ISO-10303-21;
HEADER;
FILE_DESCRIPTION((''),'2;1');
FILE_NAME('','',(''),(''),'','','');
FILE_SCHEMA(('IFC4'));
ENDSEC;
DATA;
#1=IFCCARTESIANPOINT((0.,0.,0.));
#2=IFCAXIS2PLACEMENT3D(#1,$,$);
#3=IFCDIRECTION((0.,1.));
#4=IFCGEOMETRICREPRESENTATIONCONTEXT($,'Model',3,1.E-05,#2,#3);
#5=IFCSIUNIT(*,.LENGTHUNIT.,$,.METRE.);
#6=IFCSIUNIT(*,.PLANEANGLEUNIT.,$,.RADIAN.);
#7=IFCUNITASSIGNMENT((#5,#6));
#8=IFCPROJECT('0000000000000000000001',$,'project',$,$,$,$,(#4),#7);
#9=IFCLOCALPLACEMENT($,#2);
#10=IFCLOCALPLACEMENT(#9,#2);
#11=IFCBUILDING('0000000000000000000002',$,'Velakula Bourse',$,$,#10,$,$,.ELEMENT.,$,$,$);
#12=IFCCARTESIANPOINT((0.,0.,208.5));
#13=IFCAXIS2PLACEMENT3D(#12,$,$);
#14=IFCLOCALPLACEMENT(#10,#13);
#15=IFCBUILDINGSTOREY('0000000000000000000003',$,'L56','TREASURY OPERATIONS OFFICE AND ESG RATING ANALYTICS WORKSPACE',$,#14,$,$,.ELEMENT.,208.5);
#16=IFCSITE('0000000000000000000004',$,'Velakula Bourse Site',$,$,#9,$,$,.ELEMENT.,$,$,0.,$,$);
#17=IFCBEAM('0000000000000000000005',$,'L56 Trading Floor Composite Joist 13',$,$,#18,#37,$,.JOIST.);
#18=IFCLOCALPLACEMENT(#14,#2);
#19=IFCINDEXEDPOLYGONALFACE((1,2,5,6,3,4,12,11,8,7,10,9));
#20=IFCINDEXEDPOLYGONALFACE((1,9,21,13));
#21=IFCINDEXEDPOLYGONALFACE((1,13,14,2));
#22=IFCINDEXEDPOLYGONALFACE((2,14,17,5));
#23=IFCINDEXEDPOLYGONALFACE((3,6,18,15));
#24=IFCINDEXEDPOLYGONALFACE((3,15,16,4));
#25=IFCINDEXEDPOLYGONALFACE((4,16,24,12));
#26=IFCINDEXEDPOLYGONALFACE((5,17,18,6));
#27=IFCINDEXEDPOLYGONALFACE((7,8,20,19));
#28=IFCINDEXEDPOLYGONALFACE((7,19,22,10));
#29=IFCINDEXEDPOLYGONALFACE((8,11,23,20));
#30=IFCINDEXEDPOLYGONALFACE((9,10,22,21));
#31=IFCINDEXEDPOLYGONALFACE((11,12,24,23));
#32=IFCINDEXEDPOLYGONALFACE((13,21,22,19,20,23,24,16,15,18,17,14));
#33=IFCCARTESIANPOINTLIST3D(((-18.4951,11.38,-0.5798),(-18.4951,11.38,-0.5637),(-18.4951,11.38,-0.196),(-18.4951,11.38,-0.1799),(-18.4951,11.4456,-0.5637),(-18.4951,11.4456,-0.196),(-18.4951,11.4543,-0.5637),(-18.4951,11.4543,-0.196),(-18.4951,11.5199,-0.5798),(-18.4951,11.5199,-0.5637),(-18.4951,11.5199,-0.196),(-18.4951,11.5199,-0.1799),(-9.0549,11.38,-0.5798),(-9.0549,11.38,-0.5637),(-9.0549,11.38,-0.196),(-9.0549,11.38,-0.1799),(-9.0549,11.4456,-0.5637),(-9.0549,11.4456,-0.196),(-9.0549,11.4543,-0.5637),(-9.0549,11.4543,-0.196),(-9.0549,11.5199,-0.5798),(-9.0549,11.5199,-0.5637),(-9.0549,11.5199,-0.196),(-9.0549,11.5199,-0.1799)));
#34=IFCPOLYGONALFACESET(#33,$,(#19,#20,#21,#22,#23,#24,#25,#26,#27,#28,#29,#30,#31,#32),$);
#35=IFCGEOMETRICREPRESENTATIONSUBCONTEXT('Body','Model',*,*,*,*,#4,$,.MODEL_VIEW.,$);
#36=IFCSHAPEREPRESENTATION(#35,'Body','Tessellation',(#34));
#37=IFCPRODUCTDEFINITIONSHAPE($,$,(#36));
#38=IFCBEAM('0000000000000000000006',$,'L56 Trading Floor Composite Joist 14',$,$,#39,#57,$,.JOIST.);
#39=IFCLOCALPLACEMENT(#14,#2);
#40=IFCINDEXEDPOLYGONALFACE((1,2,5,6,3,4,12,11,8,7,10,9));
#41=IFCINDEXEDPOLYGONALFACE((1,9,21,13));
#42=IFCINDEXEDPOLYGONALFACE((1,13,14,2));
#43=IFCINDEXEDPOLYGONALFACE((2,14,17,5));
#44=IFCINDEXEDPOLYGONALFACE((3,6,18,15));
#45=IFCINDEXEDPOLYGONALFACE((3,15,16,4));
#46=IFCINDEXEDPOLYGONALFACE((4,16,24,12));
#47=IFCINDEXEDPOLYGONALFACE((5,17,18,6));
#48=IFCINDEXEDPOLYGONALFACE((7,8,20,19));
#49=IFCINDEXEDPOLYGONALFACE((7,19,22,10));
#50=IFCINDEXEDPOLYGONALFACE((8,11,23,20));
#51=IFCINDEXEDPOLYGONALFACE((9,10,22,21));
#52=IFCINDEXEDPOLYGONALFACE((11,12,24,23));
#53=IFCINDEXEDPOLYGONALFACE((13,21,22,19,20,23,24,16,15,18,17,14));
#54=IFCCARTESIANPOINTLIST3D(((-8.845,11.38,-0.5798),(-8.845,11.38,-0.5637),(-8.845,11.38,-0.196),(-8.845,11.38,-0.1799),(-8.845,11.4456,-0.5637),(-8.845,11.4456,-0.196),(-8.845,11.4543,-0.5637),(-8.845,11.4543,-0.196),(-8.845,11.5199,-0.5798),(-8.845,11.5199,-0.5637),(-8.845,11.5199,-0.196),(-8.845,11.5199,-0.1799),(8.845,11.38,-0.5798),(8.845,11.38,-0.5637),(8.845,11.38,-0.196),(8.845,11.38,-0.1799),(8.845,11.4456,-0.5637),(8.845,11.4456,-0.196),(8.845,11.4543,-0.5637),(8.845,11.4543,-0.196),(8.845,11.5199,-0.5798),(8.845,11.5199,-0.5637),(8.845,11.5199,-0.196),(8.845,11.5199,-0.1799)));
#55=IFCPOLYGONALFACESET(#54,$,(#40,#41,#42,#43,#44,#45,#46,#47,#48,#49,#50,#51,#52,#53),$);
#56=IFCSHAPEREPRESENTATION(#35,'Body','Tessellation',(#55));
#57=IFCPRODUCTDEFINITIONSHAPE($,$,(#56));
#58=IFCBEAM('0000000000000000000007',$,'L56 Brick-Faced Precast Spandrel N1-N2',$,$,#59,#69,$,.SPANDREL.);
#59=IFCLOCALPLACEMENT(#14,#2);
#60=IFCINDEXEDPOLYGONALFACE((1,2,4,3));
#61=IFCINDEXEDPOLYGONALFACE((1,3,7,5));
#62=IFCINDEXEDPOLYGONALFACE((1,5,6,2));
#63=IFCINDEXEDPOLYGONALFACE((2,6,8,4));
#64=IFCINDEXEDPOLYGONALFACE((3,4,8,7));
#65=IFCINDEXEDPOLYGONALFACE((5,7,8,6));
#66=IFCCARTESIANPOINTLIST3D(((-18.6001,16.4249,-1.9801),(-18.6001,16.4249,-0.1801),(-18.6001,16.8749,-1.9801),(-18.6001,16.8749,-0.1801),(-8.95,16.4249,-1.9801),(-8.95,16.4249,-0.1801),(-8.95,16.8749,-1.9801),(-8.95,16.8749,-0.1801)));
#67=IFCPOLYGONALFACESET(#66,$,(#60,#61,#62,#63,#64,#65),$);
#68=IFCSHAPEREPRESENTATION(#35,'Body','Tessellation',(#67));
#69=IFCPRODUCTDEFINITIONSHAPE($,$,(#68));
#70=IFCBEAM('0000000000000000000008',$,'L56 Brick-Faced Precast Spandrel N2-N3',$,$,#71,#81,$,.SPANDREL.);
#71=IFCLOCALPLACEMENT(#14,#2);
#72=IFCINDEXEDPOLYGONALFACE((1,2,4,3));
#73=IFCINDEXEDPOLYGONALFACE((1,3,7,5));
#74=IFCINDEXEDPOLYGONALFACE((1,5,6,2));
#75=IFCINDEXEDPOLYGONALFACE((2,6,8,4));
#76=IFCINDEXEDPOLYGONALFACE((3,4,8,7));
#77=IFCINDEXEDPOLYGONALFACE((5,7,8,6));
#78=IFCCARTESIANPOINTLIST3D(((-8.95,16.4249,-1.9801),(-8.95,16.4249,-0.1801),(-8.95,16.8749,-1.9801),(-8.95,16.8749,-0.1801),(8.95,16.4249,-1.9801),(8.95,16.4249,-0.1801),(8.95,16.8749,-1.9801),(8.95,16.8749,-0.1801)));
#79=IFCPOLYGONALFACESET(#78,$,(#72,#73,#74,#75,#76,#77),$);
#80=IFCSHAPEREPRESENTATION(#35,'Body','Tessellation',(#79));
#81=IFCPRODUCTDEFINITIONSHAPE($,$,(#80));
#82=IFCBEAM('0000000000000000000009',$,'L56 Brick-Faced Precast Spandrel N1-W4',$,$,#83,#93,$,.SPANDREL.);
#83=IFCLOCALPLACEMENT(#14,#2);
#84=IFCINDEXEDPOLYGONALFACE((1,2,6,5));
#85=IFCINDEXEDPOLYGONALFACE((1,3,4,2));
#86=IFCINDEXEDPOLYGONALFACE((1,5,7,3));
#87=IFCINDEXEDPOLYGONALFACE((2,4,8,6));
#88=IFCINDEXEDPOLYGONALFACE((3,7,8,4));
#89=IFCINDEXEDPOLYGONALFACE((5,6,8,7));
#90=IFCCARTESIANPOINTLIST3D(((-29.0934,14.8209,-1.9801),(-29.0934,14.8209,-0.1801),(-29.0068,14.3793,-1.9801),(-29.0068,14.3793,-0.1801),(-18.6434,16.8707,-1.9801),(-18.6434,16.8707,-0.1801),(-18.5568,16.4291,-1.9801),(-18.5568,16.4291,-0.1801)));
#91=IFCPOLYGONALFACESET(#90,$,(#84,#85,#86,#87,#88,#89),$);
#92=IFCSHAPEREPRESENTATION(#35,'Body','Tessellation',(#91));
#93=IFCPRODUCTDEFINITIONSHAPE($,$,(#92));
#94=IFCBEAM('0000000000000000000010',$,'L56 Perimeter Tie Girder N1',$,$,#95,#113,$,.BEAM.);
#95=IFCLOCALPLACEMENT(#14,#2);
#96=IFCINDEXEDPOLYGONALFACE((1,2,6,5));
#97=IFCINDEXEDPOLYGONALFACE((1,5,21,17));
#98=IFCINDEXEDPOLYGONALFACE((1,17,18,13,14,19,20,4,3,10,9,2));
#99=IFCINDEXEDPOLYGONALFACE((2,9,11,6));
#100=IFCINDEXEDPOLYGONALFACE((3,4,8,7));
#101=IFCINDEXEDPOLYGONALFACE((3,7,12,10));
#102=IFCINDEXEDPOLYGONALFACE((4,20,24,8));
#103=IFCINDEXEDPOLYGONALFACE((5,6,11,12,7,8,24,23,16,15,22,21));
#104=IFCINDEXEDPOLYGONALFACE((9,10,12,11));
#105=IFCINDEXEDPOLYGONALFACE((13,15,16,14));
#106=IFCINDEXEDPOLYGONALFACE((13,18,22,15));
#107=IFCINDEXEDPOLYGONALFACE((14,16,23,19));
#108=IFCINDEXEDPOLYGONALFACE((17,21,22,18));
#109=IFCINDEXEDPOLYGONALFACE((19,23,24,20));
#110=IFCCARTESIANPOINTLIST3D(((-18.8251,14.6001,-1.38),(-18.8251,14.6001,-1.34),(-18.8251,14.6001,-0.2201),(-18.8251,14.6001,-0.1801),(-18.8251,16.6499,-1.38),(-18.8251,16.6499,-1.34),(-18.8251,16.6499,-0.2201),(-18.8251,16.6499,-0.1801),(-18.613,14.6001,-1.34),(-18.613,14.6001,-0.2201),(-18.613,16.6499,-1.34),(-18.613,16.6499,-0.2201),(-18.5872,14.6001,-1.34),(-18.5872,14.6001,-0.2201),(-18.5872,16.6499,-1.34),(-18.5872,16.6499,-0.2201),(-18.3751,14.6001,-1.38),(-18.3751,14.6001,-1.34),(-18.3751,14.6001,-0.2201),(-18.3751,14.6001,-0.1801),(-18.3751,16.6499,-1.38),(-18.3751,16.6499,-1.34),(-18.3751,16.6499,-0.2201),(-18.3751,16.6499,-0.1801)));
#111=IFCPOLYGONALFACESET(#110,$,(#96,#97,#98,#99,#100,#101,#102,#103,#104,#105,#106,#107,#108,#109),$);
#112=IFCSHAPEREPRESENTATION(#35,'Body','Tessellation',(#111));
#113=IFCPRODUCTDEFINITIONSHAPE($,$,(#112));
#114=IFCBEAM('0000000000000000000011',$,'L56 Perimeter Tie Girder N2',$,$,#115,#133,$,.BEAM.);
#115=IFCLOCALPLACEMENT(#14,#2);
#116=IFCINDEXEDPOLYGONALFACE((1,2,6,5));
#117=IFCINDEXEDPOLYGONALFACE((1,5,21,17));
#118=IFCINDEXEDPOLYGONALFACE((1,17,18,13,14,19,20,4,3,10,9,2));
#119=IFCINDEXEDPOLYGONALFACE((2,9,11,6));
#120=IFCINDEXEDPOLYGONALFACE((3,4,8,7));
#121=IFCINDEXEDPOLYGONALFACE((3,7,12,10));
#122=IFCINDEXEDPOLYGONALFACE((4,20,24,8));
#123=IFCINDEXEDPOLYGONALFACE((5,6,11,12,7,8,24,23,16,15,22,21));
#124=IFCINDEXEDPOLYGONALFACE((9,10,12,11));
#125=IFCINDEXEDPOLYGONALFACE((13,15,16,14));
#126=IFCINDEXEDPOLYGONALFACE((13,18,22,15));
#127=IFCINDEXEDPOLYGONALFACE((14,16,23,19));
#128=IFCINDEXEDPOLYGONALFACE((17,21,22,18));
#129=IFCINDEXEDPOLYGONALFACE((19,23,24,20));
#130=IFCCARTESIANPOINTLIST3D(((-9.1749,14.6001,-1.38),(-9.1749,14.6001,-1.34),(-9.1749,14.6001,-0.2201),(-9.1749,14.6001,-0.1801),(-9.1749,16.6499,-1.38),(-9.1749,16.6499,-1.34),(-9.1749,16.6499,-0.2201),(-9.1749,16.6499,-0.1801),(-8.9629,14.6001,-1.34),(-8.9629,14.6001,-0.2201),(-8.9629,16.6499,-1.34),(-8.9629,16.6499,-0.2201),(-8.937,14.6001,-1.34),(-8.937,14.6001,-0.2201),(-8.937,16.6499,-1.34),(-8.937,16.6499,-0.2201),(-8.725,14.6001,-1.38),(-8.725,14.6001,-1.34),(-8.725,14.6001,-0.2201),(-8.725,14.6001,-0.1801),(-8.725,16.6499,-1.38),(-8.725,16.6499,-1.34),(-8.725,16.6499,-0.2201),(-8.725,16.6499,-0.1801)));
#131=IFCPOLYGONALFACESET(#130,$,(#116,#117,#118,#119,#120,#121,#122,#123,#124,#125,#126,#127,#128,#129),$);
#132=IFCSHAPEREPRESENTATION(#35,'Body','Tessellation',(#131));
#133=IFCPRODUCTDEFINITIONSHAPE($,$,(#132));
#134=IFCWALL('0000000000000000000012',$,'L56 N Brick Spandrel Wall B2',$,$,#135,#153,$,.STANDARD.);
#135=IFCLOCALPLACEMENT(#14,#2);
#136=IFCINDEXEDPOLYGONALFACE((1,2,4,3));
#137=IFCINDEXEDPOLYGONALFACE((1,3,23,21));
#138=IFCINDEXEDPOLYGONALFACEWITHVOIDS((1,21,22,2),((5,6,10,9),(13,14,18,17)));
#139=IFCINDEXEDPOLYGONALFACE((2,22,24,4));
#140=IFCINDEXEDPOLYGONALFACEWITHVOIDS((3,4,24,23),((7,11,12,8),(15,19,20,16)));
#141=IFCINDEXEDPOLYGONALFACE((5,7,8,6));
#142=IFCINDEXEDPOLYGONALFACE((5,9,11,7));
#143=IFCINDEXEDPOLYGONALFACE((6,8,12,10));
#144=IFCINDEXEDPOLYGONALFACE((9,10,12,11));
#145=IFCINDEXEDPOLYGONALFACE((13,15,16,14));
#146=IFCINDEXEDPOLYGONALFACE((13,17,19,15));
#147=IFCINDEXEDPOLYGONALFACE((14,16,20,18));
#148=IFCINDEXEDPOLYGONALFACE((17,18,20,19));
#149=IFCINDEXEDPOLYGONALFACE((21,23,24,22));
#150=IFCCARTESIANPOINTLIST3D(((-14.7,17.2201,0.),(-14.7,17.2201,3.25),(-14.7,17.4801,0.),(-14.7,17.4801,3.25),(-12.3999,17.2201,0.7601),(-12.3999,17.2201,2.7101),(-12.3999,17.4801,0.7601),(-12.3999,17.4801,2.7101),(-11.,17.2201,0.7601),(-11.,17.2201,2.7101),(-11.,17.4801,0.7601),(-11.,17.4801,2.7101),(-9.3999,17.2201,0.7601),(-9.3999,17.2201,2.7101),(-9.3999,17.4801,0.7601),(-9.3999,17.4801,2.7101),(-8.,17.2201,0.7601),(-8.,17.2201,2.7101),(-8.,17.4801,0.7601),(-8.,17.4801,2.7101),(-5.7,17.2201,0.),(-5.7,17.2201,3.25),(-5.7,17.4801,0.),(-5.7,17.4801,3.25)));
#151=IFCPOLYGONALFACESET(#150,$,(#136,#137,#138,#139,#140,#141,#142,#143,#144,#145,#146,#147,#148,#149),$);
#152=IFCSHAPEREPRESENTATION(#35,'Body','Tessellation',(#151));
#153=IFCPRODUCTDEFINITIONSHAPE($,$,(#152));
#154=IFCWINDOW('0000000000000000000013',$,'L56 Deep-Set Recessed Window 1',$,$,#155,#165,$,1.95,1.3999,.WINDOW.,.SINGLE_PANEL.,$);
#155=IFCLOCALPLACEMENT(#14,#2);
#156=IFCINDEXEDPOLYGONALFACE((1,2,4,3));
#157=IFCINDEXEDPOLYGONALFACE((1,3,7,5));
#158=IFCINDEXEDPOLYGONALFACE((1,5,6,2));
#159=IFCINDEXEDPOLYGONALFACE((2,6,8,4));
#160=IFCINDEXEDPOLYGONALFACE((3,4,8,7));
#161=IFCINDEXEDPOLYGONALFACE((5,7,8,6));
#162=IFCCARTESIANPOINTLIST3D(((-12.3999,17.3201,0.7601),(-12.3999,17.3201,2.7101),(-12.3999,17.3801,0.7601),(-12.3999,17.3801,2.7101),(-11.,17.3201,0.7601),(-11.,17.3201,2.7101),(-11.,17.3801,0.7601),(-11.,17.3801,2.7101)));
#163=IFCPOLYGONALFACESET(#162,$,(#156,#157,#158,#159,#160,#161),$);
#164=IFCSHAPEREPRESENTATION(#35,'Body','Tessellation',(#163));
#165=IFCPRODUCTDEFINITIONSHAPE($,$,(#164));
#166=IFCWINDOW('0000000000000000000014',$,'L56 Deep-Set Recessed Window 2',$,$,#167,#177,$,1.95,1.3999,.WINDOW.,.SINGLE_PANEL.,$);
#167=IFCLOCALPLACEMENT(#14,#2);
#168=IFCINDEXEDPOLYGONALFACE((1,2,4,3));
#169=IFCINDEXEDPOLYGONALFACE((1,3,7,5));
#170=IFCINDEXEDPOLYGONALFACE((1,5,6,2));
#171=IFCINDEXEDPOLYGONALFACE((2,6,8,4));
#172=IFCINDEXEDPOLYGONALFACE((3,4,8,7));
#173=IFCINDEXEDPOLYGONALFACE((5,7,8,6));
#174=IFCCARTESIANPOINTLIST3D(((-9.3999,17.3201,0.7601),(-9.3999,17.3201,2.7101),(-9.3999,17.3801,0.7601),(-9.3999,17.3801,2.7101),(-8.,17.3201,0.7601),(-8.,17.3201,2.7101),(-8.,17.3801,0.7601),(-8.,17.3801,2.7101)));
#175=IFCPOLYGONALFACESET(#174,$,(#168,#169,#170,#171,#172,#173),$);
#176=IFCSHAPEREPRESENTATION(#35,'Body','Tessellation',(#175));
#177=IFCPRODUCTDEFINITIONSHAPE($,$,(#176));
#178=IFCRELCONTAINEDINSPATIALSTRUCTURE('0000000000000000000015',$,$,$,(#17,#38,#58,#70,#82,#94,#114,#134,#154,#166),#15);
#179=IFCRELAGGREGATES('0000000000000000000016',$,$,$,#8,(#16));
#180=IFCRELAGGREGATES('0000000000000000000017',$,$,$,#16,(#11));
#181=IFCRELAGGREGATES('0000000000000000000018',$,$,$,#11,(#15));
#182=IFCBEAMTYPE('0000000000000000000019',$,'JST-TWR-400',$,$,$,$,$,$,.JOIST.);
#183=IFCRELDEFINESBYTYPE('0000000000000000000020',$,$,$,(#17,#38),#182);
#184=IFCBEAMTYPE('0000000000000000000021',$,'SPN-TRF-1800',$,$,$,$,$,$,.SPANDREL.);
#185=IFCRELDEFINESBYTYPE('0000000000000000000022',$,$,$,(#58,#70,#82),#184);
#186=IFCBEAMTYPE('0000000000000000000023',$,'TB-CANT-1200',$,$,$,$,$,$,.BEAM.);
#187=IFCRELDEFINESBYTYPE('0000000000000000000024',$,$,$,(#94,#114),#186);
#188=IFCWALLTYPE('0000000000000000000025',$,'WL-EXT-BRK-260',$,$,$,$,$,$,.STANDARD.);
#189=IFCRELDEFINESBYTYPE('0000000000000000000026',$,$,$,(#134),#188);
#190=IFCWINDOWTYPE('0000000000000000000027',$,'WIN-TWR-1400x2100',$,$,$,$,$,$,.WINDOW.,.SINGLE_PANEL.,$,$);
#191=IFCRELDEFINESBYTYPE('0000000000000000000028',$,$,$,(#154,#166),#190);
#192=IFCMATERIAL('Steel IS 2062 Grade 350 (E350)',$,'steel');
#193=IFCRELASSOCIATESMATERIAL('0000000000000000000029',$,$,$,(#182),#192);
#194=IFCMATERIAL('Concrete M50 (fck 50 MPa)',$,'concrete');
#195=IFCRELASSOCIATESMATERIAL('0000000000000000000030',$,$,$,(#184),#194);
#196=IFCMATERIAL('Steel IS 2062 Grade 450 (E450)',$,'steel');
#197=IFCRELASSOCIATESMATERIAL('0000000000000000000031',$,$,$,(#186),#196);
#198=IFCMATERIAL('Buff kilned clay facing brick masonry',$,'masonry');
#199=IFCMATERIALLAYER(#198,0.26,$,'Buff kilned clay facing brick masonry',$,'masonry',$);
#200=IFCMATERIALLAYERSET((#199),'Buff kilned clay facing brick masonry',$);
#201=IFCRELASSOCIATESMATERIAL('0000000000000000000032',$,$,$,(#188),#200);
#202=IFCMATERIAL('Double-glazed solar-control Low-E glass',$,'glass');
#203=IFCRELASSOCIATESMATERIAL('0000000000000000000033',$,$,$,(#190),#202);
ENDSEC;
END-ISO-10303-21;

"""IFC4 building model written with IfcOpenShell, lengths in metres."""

from ifc_helpers import new_model, si_unit, direction, frame, frame_2d, origin, origin_2d, place, context, subcontext, project, spatial, rectangle, i_section, extrude, material, layer, layer_set, material_profile, profile_set, type_object, element, fill, save


model = new_model("IFC4")

# Units and contexts
model_context = context("Model", 3, precision=1e-05, world=origin(), true_north=direction((0.0, 1.0)))
body_context = subcontext(model_context, "Body", "Model", "MODEL_VIEW")
ifc_project = project(units=[si_unit("LENGTHUNIT", "METRE"), si_unit("PLANEANGLEUNIT", "RADIAN")], contexts=[model_context])

# Site, building, storey
site_placement = place(None, origin())
site = spatial("IfcSite", under=ifc_project, at=site_placement, Name="Velakula Bourse Site", CompositionType="ELEMENT", RefElevation=0.0)
building_placement = place(site_placement, origin())
building = spatial("IfcBuilding", under=site, at=building_placement, Name="Velakula Bourse", CompositionType="ELEMENT")
storey_placement = place(building_placement, frame((0.0, 0.0, 208.5)))
storey = spatial("IfcBuildingStorey", under=building, at=storey_placement, Name="L56", Description="TREASURY OPERATIONS OFFICE AND ESG RATING ANALYTICS WORKSPACE", CompositionType="ELEMENT", Elevation=208.5)

# Shared definitions
ifc_material_1 = material(Name="Concrete M50 (fck 50 MPa)", Category="concrete")
ifc_material_2 = material(Name="Steel IS 2062 Grade 350 (E350)", Category="steel")

# Beams
ifc_material_profile_1 = material_profile(ifc_material_2, i_section(OverallWidth=0.1399, OverallDepth=0.3999, WebThickness=0.0088, FlangeThickness=0.0161, at=origin_2d()), Name="Steel IS 2062 Grade 350 (E350)")
ifc_profile_set_1 = profile_set([ifc_material_profile_1], Name="Steel IS 2062 Grade 350 (E350)")
beam_type_1 = type_object("IfcBeamType", Name="JST-TWR-400", PredefinedType="JOIST", material=ifc_profile_set_1)
beam_1_placement = place(storey_placement, frame((-18.4951, 11.45, -0.3799), z_axis=(1.0, 0.0, 0.0), x_axis=(0.0, 1.0, 0.0)))
element("IfcBeam", 1, at=beam_1_placement, inside=storey, type_object=beam_type_1, Name="L56 Trading Floor Composite Joist 13", PredefinedType="JOIST", context=body_context, shape_type="SweptSolid", body=[
    extrude(i_section(OverallWidth=0.1399, OverallDepth=0.3999, WebThickness=0.0088, FlangeThickness=0.0161, at=origin_2d()), origin(), (0.0, 0.0, 1.0), 9.4402),
])
beam_2_placement = place(storey_placement, frame((-8.845, 11.45, -0.3799), z_axis=(1.0, 0.0, 0.0), x_axis=(0.0, 1.0, 0.0)))
element("IfcBeam", 2, at=beam_2_placement, inside=storey, type_object=beam_type_1, Name="L56 Trading Floor Composite Joist 14", PredefinedType="JOIST", context=body_context, shape_type="SweptSolid", body=[
    extrude(i_section(OverallWidth=0.1399, OverallDepth=0.3999, WebThickness=0.0088, FlangeThickness=0.0161, at=origin_2d()), origin(), (0.0, 0.0, 1.0), 17.6899),
])
ifc_material_profile_2 = material_profile(ifc_material_1, rectangle(XDim=0.45, YDim=1.8, at=origin_2d()), Name="Concrete M50 (fck 50 MPa)")
ifc_profile_set_2 = profile_set([ifc_material_profile_2], Name="Concrete M50 (fck 50 MPa)")
beam_type_2 = type_object("IfcBeamType", Name="SPN-TRF-1800", PredefinedType="SPANDREL", material=ifc_profile_set_2)
beam_3_placement = place(storey_placement, frame((-18.6001, 16.6499, -1.0801), z_axis=(1.0, 0.0, 0.0), x_axis=(0.0, 1.0, 0.0)))
element("IfcBeam", 3, at=beam_3_placement, inside=storey, type_object=beam_type_2, Name="L56 Brick-Faced Precast Spandrel N1-N2", PredefinedType="SPANDREL", context=body_context, shape_type="SweptSolid", body=[
    extrude(rectangle(XDim=0.45, YDim=1.8, at=origin_2d()), origin(), (0.0, 0.0, 1.0), 9.6501),
])
beam_4_placement = place(storey_placement, frame((-8.95, 16.6499, -1.0801), z_axis=(1.0, 0.0, 0.0), x_axis=(0.0, 1.0, 0.0)))
element("IfcBeam", 4, at=beam_4_placement, inside=storey, type_object=beam_type_2, Name="L56 Brick-Faced Precast Spandrel N2-N3", PredefinedType="SPANDREL", context=body_context, shape_type="SweptSolid", body=[
    extrude(rectangle(XDim=0.45, YDim=1.8, at=origin_2d()), origin(), (0.0, 0.0, 1.0), 17.8999),
])
beam_5_placement = place(storey_placement, frame((-18.6001, 16.6499, -1.0801), z_axis=(-0.9813, -0.192486, 0.0), x_axis=(0.192486, -0.9813, 0.0)))
element("IfcBeam", 5, at=beam_5_placement, inside=storey, type_object=beam_type_2, Name="L56 Brick-Faced Precast Spandrel N1-W4", PredefinedType="SPANDREL", context=body_context, shape_type="SweptSolid", body=[
    extrude(rectangle(XDim=0.45, YDim=1.8, at=origin_2d()), origin(), (0.0, 0.0, 1.0), 10.6492),
])
ifc_material_3 = material(Name="Steel IS 2062 Grade 450 (E450)", Category="steel")
ifc_material_profile_3 = material_profile(ifc_material_3, i_section(OverallWidth=0.45, OverallDepth=1.2, WebThickness=0.0259, FlangeThickness=0.04, at=origin_2d()), Name="Steel IS 2062 Grade 450 (E450)")
ifc_profile_set_3 = profile_set([ifc_material_profile_3], Name="Steel IS 2062 Grade 450 (E450)")
beam_type_3 = type_object("IfcBeamType", Name="TB-CANT-1200", PredefinedType="BEAM", material=ifc_profile_set_3)
for number, where, z_axis, x_axis, name in (
    (6, (-18.6001, 14.6001, -0.78), (0.0, 1.0, 0.0), (-1.0, 0.0, 0.0), "L56 Perimeter Tie Girder N1"),
    (7, (-8.95, 14.6001, -0.78), (0.0, 1.0, 0.0), (-1.0, 0.0, 0.0), "L56 Perimeter Tie Girder N2"),
):
    element("IfcBeam", number, at=place(storey_placement, frame(where, z_axis=z_axis, x_axis=x_axis)), inside=storey, type_object=beam_type_3, Name=name, PredefinedType="BEAM", context=body_context, shape_type="SweptSolid", body=[
        extrude(i_section(OverallWidth=0.45, OverallDepth=1.2, WebThickness=0.0259, FlangeThickness=0.04, at=origin_2d()), origin(), (0.0, 0.0, 1.0), 2.0498),
    ])

# Wall, openings, windows
ifc_material_4 = material(Name="Buff kilned clay facing brick masonry", Category="masonry")
ifc_layer_1 = layer(ifc_material_4, 0.26, Name="Buff kilned clay facing brick masonry", Category="masonry")
ifc_layer_set_1 = layer_set([ifc_layer_1], Name="Buff kilned clay facing brick masonry")
wall_type_1 = type_object("IfcWallType", Name="WL-EXT-BRK-260", PredefinedType="STANDARD", material=ifc_layer_set_1)
wall_1_placement = place(storey_placement, frame((-14.7, 17.3501, 0.0), z_axis=(0.0, 0.0, 1.0), x_axis=(1.0, 0.0, 0.0)))
wall_1 = element("IfcWall", 8, at=wall_1_placement, inside=storey, type_object=wall_type_1, Name="L56 N Brick Spandrel Wall B2", PredefinedType="STANDARD", context=body_context, shape_type="SweptSolid", body=[
    extrude(rectangle(XDim=9.0, YDim=0.26, at=frame_2d((4.5, 0.0))), origin(), (0.0, 0.0, 1.0), 3.25),
])
opening_1_placement = place(wall_1_placement, frame((2.3, 0.0, 0.76)))
opening_1 = element("IfcOpeningElement", 9, at=opening_1_placement, cuts=wall_1, PredefinedType="OPENING", context=body_context, shape_type="SweptSolid", body=[
    extrude(rectangle(XDim=1.3999, YDim=1.95, at=frame_2d((0.7, 0.9751))), frame((0.0, 0.1399, 0.0), z_axis=(0.0, -1.0, 0.0), x_axis=(1.0, 0.0, 0.0)), (0.0, 0.0, 1.0), 0.28),
])
opening_2_placement = place(wall_1_placement, frame((5.3, 0.0, 0.76)))
opening_2 = element("IfcOpeningElement", 10, at=opening_2_placement, cuts=wall_1, PredefinedType="OPENING", context=body_context, shape_type="SweptSolid", body=[
    extrude(rectangle(XDim=1.3999, YDim=1.95, at=frame_2d((0.7, 0.9751))), frame((0.0, 0.1399, 0.0), z_axis=(0.0, -1.0, 0.0), x_axis=(1.0, 0.0, 0.0)), (0.0, 0.0, 1.0), 0.28),
])
ifc_material_5 = material(Name="Double-glazed solar-control Low-E glass", Category="glass")
window_type = type_object("IfcWindowType", Name="WIN-TWR-1400x2100", PartitioningType="SINGLE_PANEL", PredefinedType="WINDOW", material=ifc_material_5)
window_1_placement = place(opening_1_placement, origin())
window_1 = element("IfcWindow", 11, at=window_1_placement, inside=storey, type_object=window_type, Name="L56 Deep-Set Recessed Window 1", OverallHeight=1.95, OverallWidth=1.3999, PartitioningType="SINGLE_PANEL", PredefinedType="WINDOW", context=body_context, shape_type="SweptSolid", body=[
    extrude(rectangle(XDim=1.3999, YDim=1.95, at=frame_2d((0.7, 0.9751))), frame((0.0, 0.03, 0.0), z_axis=(0.0, -1.0, 0.0), x_axis=(1.0, 0.0, 0.0)), (0.0, 0.0, 1.0), 0.0601),
])
fill(opening_1, window_1)
window_2_placement = place(opening_2_placement, origin())
window_2 = element("IfcWindow", 12, at=window_2_placement, inside=storey, type_object=window_type, Name="L56 Deep-Set Recessed Window 2", OverallHeight=1.95, OverallWidth=1.3999, PartitioningType="SINGLE_PANEL", PredefinedType="WINDOW", context=body_context, shape_type="SweptSolid", body=[
    extrude(rectangle(XDim=1.3999, YDim=1.95, at=frame_2d((0.7, 0.9751))), frame((0.0, 0.03, 0.0), z_axis=(0.0, -1.0, 0.0), x_axis=(1.0, 0.0, 0.0)), (0.0, 0.0, 1.0), 0.0601),
])
fill(opening_2, window_2)

save(model, "model.ifc")
